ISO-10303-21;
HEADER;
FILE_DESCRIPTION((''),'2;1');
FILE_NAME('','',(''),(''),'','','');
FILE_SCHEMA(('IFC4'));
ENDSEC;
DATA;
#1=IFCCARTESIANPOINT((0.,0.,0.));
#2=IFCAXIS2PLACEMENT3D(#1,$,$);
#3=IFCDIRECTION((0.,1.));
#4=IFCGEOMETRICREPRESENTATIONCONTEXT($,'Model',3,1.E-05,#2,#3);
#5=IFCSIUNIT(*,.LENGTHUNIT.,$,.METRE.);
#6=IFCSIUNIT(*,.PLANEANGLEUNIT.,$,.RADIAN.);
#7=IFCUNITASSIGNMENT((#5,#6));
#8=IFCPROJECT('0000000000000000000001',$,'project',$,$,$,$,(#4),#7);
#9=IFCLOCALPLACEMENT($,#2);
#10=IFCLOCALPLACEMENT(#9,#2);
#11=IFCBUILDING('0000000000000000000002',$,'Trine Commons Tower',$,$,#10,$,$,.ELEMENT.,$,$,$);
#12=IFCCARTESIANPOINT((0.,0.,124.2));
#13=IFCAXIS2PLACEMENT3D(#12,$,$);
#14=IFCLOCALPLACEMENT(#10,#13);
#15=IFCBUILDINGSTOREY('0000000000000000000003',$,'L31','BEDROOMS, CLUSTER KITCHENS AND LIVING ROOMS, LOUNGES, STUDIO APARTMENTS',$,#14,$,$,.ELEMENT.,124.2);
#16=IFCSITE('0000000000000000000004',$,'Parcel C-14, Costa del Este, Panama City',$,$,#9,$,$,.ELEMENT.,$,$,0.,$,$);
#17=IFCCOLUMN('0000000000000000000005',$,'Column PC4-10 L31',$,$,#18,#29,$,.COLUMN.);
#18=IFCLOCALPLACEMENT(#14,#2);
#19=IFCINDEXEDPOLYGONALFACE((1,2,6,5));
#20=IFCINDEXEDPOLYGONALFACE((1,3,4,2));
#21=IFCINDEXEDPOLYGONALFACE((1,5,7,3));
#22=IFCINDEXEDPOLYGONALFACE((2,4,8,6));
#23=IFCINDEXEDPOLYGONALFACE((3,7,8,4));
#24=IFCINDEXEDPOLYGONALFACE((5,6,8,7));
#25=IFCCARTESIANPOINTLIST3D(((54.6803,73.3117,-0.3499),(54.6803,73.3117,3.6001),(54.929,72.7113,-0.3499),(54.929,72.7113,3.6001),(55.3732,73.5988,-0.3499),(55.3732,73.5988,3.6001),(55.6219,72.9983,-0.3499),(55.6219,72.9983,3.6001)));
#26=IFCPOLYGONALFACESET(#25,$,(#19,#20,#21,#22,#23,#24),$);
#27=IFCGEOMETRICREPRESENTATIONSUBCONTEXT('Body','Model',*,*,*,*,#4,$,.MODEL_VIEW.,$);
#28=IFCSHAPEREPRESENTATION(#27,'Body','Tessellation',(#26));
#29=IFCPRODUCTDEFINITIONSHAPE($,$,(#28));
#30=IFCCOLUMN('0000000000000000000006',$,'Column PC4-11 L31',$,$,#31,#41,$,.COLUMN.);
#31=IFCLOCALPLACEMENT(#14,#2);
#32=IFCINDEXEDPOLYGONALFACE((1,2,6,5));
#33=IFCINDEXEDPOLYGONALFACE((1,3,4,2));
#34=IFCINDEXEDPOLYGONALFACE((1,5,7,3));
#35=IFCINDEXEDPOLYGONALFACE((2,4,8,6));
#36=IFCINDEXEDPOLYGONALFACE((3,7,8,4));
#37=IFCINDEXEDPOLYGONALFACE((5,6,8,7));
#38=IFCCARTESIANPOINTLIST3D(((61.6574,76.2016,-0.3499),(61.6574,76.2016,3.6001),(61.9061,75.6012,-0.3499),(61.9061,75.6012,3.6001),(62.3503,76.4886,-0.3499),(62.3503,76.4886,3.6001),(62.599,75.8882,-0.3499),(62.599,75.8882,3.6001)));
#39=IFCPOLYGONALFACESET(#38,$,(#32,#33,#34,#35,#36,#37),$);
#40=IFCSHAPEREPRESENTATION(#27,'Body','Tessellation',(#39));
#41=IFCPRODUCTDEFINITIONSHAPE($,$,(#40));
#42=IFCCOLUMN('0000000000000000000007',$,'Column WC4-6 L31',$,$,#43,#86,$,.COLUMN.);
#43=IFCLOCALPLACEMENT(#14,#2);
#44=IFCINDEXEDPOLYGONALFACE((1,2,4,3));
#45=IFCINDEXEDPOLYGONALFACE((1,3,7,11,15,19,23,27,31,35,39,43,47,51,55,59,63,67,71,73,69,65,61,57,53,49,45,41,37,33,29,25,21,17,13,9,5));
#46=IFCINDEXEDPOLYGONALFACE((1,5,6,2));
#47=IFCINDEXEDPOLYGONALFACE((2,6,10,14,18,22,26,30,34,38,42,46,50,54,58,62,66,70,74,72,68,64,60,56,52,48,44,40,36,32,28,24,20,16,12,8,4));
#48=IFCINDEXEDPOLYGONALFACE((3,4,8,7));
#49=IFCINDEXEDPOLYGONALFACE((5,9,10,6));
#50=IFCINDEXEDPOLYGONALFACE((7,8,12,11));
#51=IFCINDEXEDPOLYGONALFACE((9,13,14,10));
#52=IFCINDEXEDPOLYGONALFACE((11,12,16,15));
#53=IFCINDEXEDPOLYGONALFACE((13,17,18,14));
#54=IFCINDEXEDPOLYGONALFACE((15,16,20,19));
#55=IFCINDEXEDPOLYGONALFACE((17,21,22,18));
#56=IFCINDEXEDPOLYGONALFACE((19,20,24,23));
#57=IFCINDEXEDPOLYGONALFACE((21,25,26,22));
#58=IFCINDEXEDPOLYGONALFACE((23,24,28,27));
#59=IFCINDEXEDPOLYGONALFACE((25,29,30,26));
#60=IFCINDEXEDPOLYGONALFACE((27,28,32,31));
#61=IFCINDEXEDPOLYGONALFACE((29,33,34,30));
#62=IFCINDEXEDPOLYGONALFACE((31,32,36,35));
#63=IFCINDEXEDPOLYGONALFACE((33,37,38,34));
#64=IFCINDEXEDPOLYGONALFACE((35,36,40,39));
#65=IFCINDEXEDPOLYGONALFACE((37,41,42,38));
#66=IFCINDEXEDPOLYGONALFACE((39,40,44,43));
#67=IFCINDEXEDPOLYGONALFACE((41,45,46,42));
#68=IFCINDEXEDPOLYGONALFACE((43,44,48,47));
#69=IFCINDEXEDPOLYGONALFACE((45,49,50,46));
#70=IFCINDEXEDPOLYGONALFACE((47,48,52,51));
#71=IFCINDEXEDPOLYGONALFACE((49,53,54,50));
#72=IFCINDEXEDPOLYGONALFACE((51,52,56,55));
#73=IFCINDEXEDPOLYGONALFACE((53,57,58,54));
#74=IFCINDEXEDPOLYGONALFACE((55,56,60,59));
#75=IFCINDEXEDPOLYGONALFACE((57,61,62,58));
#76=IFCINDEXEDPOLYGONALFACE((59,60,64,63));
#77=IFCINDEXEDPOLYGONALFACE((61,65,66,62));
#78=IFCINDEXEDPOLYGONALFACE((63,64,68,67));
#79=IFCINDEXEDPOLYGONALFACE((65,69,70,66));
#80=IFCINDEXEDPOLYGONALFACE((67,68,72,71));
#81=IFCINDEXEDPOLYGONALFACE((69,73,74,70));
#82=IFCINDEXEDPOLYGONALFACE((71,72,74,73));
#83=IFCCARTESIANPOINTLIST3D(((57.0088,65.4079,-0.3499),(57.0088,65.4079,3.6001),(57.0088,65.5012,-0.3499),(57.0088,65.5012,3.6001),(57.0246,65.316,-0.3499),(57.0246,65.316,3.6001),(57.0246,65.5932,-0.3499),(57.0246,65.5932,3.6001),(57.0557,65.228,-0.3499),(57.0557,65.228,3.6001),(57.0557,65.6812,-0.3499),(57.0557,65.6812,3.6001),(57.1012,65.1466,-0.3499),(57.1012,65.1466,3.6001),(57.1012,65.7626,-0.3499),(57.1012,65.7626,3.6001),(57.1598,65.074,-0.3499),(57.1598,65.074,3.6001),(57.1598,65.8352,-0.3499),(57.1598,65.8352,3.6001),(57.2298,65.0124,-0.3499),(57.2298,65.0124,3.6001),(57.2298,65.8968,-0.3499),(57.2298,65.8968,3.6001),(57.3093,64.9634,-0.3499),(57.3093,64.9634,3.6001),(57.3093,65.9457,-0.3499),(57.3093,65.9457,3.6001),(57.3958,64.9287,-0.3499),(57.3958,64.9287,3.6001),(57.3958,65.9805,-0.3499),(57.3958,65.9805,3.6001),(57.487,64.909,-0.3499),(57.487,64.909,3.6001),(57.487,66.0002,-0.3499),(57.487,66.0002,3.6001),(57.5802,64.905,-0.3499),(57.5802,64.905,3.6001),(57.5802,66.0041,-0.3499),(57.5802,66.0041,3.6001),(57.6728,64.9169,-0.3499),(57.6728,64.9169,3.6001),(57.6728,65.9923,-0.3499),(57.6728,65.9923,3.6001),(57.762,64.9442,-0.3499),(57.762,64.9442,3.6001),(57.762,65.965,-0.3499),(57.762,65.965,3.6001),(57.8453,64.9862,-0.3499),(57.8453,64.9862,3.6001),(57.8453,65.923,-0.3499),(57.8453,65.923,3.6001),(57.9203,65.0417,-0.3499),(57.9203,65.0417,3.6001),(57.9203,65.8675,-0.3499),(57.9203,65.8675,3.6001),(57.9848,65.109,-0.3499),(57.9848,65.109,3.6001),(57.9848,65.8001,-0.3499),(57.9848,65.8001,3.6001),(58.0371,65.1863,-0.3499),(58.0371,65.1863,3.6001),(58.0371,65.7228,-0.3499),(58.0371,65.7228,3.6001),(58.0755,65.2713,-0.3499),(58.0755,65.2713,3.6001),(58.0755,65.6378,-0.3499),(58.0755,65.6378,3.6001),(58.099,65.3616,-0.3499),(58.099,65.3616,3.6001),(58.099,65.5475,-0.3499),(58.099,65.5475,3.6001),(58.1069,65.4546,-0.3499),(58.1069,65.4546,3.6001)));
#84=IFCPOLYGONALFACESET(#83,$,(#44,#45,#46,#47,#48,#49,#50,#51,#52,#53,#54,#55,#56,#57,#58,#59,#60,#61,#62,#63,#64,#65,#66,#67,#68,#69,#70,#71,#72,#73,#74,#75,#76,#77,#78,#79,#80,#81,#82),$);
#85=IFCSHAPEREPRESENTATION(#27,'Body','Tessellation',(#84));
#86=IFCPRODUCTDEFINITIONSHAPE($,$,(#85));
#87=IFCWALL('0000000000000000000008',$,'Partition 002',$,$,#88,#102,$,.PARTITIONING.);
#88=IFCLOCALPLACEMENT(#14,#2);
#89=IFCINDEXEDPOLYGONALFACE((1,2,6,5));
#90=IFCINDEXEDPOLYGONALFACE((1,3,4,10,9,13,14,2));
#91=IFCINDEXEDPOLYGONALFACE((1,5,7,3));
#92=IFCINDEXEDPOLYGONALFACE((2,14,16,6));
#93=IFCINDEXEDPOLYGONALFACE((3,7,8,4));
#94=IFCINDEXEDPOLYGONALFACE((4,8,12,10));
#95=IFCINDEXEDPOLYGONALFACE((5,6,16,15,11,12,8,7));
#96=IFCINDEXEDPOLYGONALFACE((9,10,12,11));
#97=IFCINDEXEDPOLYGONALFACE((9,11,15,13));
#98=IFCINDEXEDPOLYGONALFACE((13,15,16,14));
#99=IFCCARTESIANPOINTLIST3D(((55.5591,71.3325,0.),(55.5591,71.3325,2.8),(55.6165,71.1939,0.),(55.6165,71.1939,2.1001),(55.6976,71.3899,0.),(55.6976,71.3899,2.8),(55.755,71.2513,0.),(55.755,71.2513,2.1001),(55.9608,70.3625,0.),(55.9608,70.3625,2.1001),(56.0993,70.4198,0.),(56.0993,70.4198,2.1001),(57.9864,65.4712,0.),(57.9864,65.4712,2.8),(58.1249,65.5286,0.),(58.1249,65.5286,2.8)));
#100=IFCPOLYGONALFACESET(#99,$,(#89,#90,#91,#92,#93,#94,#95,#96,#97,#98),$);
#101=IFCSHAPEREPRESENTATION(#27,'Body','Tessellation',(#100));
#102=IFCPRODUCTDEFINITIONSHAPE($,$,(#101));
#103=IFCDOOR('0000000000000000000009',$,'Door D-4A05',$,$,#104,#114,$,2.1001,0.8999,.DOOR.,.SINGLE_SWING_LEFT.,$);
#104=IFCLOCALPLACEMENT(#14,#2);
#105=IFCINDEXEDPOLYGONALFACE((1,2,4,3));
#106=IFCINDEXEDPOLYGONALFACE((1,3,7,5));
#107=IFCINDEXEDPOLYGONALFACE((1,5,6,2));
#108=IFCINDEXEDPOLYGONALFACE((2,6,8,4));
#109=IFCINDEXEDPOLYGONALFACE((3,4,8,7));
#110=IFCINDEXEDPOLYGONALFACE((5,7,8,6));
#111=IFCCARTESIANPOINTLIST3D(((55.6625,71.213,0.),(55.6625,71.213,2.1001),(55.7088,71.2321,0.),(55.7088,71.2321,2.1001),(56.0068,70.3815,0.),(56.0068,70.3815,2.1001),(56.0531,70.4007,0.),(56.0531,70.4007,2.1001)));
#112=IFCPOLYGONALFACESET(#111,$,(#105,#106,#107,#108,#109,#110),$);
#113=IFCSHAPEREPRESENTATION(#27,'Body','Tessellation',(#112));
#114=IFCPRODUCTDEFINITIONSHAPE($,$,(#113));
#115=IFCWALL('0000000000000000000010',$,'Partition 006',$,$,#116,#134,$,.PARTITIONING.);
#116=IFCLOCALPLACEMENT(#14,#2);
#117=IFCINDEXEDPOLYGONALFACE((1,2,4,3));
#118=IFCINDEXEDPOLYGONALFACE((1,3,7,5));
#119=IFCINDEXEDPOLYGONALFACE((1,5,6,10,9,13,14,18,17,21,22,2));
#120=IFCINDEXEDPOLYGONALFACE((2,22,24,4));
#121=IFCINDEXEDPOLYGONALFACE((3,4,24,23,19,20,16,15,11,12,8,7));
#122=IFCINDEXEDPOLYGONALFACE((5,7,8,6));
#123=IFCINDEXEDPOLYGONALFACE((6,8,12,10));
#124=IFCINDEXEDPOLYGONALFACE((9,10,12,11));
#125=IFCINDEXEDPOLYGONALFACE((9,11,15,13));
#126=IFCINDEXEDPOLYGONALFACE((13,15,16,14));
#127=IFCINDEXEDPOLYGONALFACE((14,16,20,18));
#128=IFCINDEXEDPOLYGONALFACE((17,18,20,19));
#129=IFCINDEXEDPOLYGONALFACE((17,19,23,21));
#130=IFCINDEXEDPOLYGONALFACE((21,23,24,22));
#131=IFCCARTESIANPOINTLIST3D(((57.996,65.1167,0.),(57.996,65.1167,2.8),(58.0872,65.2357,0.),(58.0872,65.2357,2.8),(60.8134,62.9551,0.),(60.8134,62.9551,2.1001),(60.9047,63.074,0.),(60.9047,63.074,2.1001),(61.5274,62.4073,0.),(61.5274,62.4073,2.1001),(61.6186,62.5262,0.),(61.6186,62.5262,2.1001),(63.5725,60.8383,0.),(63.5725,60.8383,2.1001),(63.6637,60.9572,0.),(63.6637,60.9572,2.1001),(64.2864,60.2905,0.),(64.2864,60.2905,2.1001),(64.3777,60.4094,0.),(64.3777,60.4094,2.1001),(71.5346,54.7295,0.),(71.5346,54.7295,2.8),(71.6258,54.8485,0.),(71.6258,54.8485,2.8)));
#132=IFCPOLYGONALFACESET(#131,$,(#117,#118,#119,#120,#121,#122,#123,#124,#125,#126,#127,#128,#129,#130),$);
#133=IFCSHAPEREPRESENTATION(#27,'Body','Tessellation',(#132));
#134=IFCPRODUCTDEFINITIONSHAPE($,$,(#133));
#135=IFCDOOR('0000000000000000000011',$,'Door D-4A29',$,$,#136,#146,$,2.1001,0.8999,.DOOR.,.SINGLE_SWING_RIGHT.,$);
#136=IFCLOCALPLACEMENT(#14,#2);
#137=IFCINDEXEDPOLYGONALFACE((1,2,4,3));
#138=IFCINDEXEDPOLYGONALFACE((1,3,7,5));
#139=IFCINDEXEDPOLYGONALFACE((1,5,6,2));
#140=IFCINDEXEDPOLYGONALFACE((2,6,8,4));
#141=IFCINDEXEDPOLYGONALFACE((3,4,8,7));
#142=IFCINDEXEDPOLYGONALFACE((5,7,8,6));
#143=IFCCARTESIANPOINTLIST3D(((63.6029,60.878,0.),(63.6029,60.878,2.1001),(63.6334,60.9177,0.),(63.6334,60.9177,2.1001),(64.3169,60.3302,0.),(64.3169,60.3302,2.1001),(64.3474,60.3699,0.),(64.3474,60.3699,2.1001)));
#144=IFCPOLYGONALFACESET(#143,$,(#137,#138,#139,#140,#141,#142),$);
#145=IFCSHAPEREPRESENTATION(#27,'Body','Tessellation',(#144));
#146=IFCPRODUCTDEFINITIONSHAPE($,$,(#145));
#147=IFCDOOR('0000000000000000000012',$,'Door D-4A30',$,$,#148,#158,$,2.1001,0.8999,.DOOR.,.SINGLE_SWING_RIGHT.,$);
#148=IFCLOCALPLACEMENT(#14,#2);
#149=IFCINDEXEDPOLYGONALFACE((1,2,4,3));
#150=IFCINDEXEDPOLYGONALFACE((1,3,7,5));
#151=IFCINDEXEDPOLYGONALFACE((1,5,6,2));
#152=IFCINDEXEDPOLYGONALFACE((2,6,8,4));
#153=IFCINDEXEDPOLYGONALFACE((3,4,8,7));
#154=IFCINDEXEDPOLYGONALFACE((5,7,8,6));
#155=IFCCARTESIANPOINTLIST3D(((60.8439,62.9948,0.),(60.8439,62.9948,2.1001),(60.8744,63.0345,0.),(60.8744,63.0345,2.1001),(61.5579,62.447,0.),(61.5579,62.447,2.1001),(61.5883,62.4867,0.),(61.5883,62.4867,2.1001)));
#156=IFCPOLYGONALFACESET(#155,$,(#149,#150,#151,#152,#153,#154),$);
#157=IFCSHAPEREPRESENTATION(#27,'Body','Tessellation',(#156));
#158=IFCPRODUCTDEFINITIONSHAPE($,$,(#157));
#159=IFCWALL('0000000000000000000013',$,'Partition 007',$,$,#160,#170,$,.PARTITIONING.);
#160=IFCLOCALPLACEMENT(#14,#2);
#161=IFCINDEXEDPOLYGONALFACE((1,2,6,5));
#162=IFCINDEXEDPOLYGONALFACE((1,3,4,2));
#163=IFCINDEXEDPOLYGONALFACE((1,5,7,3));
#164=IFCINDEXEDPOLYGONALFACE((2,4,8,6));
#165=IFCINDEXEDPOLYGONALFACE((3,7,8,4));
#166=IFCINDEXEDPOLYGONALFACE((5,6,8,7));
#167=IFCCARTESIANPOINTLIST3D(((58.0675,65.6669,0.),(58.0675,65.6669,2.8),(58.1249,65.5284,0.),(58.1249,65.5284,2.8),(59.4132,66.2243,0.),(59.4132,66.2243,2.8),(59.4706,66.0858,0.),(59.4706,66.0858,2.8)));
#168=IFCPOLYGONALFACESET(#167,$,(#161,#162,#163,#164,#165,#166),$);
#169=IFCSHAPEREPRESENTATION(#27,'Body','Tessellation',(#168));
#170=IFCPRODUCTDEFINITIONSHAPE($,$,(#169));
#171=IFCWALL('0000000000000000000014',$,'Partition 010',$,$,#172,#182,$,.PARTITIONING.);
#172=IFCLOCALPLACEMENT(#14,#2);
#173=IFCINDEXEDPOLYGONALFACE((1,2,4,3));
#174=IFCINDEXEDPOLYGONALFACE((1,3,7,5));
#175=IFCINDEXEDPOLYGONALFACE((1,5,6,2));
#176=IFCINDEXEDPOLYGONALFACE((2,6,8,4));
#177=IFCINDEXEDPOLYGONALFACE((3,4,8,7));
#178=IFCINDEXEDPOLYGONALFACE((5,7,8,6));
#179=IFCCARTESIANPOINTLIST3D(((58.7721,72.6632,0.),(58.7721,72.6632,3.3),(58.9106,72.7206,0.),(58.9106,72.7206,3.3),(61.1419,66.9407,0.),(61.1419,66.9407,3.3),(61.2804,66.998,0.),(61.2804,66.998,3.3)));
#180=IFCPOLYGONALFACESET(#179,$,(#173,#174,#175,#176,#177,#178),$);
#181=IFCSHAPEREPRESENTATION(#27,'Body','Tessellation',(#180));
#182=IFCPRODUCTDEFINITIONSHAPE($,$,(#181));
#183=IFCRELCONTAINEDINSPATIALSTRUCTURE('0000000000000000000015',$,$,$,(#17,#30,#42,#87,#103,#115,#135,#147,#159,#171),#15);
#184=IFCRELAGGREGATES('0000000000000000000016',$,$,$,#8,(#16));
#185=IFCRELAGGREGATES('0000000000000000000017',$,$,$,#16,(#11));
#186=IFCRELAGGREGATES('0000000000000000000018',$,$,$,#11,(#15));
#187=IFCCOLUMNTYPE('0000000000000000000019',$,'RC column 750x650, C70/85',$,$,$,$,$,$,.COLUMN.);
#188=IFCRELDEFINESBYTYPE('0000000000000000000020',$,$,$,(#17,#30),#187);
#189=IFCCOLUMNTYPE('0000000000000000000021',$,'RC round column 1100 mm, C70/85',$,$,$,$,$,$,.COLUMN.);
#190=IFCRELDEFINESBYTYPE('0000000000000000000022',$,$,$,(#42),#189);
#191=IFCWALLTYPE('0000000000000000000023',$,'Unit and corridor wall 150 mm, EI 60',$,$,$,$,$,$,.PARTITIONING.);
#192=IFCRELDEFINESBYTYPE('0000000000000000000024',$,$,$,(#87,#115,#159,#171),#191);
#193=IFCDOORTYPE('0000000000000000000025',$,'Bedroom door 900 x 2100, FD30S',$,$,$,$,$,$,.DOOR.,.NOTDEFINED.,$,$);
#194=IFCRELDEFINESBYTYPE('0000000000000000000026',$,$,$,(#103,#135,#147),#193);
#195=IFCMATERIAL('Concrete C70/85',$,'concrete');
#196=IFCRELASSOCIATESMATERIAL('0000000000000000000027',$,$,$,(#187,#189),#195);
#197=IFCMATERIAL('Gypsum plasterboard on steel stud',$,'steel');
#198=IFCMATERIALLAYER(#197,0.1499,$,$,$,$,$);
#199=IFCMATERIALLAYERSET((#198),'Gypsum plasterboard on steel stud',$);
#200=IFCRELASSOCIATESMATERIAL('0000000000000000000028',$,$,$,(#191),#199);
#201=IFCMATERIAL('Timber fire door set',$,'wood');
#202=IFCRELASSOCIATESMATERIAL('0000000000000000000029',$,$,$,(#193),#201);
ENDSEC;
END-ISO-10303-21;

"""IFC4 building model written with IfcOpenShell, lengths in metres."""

from ifc_helpers import new_model, si_unit, direction, frame, frame_2d, origin, origin_2d, place, context, subcontext, project, spatial, rectangle, circle, extrude, material, layer, layer_set, material_profile, profile_set, type_object, element, fill, save


model = new_model("IFC4")

# Units and contexts
model_context = context("Model", 3, precision=1e-05, world=origin(), true_north=direction((0.0, 1.0)))
body_context = subcontext(model_context, "Body", "Model", "MODEL_VIEW")
ifc_project = project(units=[si_unit("LENGTHUNIT", "METRE"), si_unit("PLANEANGLEUNIT", "RADIAN")], contexts=[model_context])

# Site, building, storey
site_placement = place(None, origin())
site = spatial("IfcSite", under=ifc_project, at=site_placement, Name="Parcel C-14, Costa del Este, Panama City", CompositionType="ELEMENT", RefElevation=0.0)
building_placement = place(site_placement, origin())
building = spatial("IfcBuilding", under=site, at=building_placement, Name="Trine Commons Tower", CompositionType="ELEMENT")
storey_placement = place(building_placement, frame((0.0, 0.0, 124.2)))
storey = spatial("IfcBuildingStorey", under=building, at=storey_placement, Name="L31", Description="BEDROOMS, CLUSTER KITCHENS AND LIVING ROOMS, LOUNGES, STUDIO APARTMENTS", CompositionType="ELEMENT", Elevation=124.2)

# Columns
ifc_material_1 = material(Name="Concrete C70/85", Category="concrete")
ifc_material_profile_1 = material_profile(ifc_material_1, rectangle(XDim=0.75, YDim=0.6499, at=origin_2d()), Name="RC 750x650")
ifc_profile_set_1 = profile_set([ifc_material_profile_1], Name="Concrete C70/85")
column_type_1 = type_object("IfcColumnType", Name="RC column 750x650, C70/85", PredefinedType="COLUMN", material=ifc_profile_set_1)
for number, where, z_axis, x_axis, name in (
    (1, (55.1511, 73.155, -0.3499), (0.0, 0.0, 1.0), (0.92388, 0.382683, 0.0), "Column PC4-10 L31"),
    (2, (62.1282, 76.0449, -0.3499), (0.0, 0.0, 1.0), (0.92388, 0.382683, 0.0), "Column PC4-11 L31"),
):
    element("IfcColumn", number, at=place(storey_placement, frame(where, z_axis=z_axis, x_axis=x_axis)), inside=storey, type_object=column_type_1, Name=name, PredefinedType="COLUMN", context=body_context, shape_type="SweptSolid", body=[
        extrude(rectangle(XDim=0.75, YDim=0.6499, at=origin_2d()), origin(), (0.0, 0.0, 1.0), 3.95),
    ])
ifc_material_profile_2 = material_profile(ifc_material_1, circle(Radius=0.55, at=origin_2d()), Name="RC round 1100")
ifc_profile_set_2 = profile_set([ifc_material_profile_2], Name="Concrete C70/85")
column_type_2 = type_object("IfcColumnType", Name="RC round column 1100 mm, C70/85", PredefinedType="COLUMN", material=ifc_profile_set_2)
column_placement = place(storey_placement, frame((57.5569, 65.4546, -0.3499), z_axis=(0.0, 0.0, 1.0), x_axis=(1.0, 0.0, 0.0)))
element("IfcColumn", 3, at=column_placement, inside=storey, type_object=column_type_2, Name="Column WC4-6 L31", PredefinedType="COLUMN", context=body_context, shape_type="SweptSolid", body=[
    extrude(circle(Radius=0.55, at=origin_2d()), origin(), (0.0, 0.0, 1.0), 3.95),
])

# Wall, opening, door
ifc_material_2 = material(Name="Gypsum plasterboard on steel stud", Category="steel")
ifc_layer_1 = layer(ifc_material_2, 0.1499)
ifc_layer_set_1 = layer_set([ifc_layer_1], Name="Gypsum plasterboard on steel stud")
wall_type_1 = type_object("IfcWallType", Name="Unit and corridor wall 150 mm, EI 60", PredefinedType="PARTITIONING", material=ifc_layer_set_1)
wall_1_placement = place(storey_placement, frame((55.6284, 71.3611, 0.0), z_axis=(0.0, 0.0, 1.0), x_axis=(0.382603, -0.923913, 0.0)))
wall_1 = element("IfcWall", 4, at=wall_1_placement, inside=storey, type_object=wall_type_1, Name="Partition 002", PredefinedType="PARTITIONING", context=body_context, shape_type="SweptSolid", body=[
    extrude(rectangle(XDim=6.344, YDim=0.1499, at=frame_2d((3.1719, 0.0))), origin(), (0.0, 0.0, 1.0), 2.8),
])
opening_1_placement = place(wall_1_placement, frame((0.1499, 0.0, 0.0)))
opening_1 = element("IfcOpeningElement", 5, at=opening_1_placement, cuts=wall_1, PredefinedType="OPENING", context=body_context, shape_type="SweptSolid", body=[
    extrude(rectangle(XDim=0.8999, YDim=2.1001, at=frame_2d((0.45, 1.05))), frame((0.0, 0.085, 0.0), z_axis=(0.0, -1.0, 0.0), x_axis=(1.0, 0.0, 0.0)), (0.0, 0.0, 1.0), 0.1699),
])
ifc_material_3 = material(Name="Timber fire door set", Category="wood")
door_type_1 = type_object("IfcDoorType", Name="Bedroom door 900 x 2100, FD30S", OperationType="NOTDEFINED", PredefinedType="DOOR", material=ifc_material_3)
door_1_placement = place(opening_1_placement, origin())
door_1 = element("IfcDoor", 6, at=door_1_placement, inside=storey, type_object=door_type_1, Name="Door D-4A05", OperationType="SINGLE_SWING_LEFT", OverallHeight=2.1001, OverallWidth=0.8999, PredefinedType="DOOR", context=body_context, shape_type="SweptSolid", body=[
    extrude(rectangle(XDim=0.8999, YDim=2.1001, at=frame_2d((0.45, 1.05))), frame((0.0, 0.0249, 0.0), z_axis=(0.0, -1.0, 0.0), x_axis=(1.0, 0.0, 0.0)), (0.0, 0.0, 1.0), 0.05),
])
fill(opening_1, door_1)

# Wall, openings, doors
wall_2_placement = place(storey_placement, frame((58.0415, 65.1763, 0.0), z_axis=(0.0, 0.0, 1.0), x_axis=(0.79339, -0.608713, 0.0)))
wall_2 = element("IfcWall", 7, at=wall_2_placement, inside=storey, type_object=wall_type_1, Name="Partition 006", PredefinedType="PARTITIONING", context=body_context, shape_type="SweptSolid", body=[
    extrude(rectangle(XDim=17.0642, YDim=0.1499, at=frame_2d((8.5322, 0.0))), origin(), (0.0, 0.0, 1.0), 2.8),
])
opening_2_placement = place(wall_2_placement, frame((7.0288, 0.0, 0.0)))
opening_2 = element("IfcOpeningElement", 8, at=opening_2_placement, cuts=wall_2, PredefinedType="OPENING", context=body_context, shape_type="SweptSolid", body=[
    extrude(rectangle(XDim=0.8999, YDim=2.1001, at=frame_2d((0.45, 1.05))), frame((0.0, 0.085, 0.0), z_axis=(0.0, -1.0, 0.0), x_axis=(1.0, 0.0, 0.0)), (0.0, 0.0, 1.0), 0.1699),
])
opening_3_placement = place(wall_2_placement, frame((3.5513, 0.0, 0.0)))
opening_3 = element("IfcOpeningElement", 9, at=opening_3_placement, cuts=wall_2, PredefinedType="OPENING", context=body_context, shape_type="SweptSolid", body=[
    extrude(rectangle(XDim=0.8999, YDim=2.1001, at=frame_2d((0.45, 1.05))), frame((0.0, 0.085, 0.0), z_axis=(0.0, -1.0, 0.0), x_axis=(1.0, 0.0, 0.0)), (0.0, 0.0, 1.0), 0.1699),
])
door_2_placement = place(opening_2_placement, frame((0.8999, 0.0, 0.0), z_axis=(0.0, 0.0, 1.0), x_axis=(-1.0, 0.0, 0.0)))
door_2 = element("IfcDoor", 10, at=door_2_placement, inside=storey, type_object=door_type_1, Name="Door D-4A29", OperationType="SINGLE_SWING_RIGHT", OverallHeight=2.1001, OverallWidth=0.8999, PredefinedType="DOOR", context=body_context, shape_type="SweptSolid", body=[
    extrude(rectangle(XDim=0.8999, YDim=2.1001, at=frame_2d((0.45, 1.05))), frame((0.0, 0.0249, 0.0), z_axis=(0.0, -1.0, 0.0), x_axis=(1.0, 0.0, 0.0)), (0.0, 0.0, 1.0), 0.05),
])
fill(opening_2, door_2)
door_3_placement = place(opening_3_placement, frame((0.8999, 0.0, 0.0), z_axis=(0.0, 0.0, 1.0), x_axis=(-1.0, 0.0, 0.0)))
door_3 = element("IfcDoor", 11, at=door_3_placement, inside=storey, type_object=door_type_1, Name="Door D-4A30", OperationType="SINGLE_SWING_RIGHT", OverallHeight=2.1001, OverallWidth=0.8999, PredefinedType="DOOR", context=body_context, shape_type="SweptSolid", body=[
    extrude(rectangle(XDim=0.8999, YDim=2.1001, at=frame_2d((0.45, 1.05))), frame((0.0, 0.0249, 0.0), z_axis=(0.0, -1.0, 0.0), x_axis=(1.0, 0.0, 0.0)), (0.0, 0.0, 1.0), 0.05),
])
fill(opening_3, door_3)

# Walls
wall_3_placement = place(storey_placement, frame((58.0962, 65.5977, 0.0), z_axis=(0.0, 0.0, 1.0), x_axis=(0.923888, 0.382663, 0.0)))
element("IfcWall", 12, at=wall_3_placement, inside=storey, type_object=wall_type_1, Name="Partition 007", PredefinedType="PARTITIONING", context=body_context, shape_type="SweptSolid", body=[
    extrude(rectangle(XDim=1.4565, YDim=0.1499, at=frame_2d((0.7283, 0.0))), origin(), (0.0, 0.0, 1.0), 2.8),
])
wall_4_placement = place(storey_placement, frame((58.8413, 72.6919, 0.0), z_axis=(0.0, 0.0, 1.0), x_axis=(0.382611, -0.92391, 0.0)))
element("IfcWall", 13, at=wall_4_placement, inside=storey, type_object=wall_type_1, Name="Partition 010", PredefinedType="PARTITIONING", context=body_context, shape_type="SweptSolid", body=[
    extrude(rectangle(XDim=6.1938, YDim=0.1499, at=frame_2d((3.0969, 0.0))), origin(), (0.0, 0.0, 1.0), 3.3),
])

save(model, "model.ifc")
